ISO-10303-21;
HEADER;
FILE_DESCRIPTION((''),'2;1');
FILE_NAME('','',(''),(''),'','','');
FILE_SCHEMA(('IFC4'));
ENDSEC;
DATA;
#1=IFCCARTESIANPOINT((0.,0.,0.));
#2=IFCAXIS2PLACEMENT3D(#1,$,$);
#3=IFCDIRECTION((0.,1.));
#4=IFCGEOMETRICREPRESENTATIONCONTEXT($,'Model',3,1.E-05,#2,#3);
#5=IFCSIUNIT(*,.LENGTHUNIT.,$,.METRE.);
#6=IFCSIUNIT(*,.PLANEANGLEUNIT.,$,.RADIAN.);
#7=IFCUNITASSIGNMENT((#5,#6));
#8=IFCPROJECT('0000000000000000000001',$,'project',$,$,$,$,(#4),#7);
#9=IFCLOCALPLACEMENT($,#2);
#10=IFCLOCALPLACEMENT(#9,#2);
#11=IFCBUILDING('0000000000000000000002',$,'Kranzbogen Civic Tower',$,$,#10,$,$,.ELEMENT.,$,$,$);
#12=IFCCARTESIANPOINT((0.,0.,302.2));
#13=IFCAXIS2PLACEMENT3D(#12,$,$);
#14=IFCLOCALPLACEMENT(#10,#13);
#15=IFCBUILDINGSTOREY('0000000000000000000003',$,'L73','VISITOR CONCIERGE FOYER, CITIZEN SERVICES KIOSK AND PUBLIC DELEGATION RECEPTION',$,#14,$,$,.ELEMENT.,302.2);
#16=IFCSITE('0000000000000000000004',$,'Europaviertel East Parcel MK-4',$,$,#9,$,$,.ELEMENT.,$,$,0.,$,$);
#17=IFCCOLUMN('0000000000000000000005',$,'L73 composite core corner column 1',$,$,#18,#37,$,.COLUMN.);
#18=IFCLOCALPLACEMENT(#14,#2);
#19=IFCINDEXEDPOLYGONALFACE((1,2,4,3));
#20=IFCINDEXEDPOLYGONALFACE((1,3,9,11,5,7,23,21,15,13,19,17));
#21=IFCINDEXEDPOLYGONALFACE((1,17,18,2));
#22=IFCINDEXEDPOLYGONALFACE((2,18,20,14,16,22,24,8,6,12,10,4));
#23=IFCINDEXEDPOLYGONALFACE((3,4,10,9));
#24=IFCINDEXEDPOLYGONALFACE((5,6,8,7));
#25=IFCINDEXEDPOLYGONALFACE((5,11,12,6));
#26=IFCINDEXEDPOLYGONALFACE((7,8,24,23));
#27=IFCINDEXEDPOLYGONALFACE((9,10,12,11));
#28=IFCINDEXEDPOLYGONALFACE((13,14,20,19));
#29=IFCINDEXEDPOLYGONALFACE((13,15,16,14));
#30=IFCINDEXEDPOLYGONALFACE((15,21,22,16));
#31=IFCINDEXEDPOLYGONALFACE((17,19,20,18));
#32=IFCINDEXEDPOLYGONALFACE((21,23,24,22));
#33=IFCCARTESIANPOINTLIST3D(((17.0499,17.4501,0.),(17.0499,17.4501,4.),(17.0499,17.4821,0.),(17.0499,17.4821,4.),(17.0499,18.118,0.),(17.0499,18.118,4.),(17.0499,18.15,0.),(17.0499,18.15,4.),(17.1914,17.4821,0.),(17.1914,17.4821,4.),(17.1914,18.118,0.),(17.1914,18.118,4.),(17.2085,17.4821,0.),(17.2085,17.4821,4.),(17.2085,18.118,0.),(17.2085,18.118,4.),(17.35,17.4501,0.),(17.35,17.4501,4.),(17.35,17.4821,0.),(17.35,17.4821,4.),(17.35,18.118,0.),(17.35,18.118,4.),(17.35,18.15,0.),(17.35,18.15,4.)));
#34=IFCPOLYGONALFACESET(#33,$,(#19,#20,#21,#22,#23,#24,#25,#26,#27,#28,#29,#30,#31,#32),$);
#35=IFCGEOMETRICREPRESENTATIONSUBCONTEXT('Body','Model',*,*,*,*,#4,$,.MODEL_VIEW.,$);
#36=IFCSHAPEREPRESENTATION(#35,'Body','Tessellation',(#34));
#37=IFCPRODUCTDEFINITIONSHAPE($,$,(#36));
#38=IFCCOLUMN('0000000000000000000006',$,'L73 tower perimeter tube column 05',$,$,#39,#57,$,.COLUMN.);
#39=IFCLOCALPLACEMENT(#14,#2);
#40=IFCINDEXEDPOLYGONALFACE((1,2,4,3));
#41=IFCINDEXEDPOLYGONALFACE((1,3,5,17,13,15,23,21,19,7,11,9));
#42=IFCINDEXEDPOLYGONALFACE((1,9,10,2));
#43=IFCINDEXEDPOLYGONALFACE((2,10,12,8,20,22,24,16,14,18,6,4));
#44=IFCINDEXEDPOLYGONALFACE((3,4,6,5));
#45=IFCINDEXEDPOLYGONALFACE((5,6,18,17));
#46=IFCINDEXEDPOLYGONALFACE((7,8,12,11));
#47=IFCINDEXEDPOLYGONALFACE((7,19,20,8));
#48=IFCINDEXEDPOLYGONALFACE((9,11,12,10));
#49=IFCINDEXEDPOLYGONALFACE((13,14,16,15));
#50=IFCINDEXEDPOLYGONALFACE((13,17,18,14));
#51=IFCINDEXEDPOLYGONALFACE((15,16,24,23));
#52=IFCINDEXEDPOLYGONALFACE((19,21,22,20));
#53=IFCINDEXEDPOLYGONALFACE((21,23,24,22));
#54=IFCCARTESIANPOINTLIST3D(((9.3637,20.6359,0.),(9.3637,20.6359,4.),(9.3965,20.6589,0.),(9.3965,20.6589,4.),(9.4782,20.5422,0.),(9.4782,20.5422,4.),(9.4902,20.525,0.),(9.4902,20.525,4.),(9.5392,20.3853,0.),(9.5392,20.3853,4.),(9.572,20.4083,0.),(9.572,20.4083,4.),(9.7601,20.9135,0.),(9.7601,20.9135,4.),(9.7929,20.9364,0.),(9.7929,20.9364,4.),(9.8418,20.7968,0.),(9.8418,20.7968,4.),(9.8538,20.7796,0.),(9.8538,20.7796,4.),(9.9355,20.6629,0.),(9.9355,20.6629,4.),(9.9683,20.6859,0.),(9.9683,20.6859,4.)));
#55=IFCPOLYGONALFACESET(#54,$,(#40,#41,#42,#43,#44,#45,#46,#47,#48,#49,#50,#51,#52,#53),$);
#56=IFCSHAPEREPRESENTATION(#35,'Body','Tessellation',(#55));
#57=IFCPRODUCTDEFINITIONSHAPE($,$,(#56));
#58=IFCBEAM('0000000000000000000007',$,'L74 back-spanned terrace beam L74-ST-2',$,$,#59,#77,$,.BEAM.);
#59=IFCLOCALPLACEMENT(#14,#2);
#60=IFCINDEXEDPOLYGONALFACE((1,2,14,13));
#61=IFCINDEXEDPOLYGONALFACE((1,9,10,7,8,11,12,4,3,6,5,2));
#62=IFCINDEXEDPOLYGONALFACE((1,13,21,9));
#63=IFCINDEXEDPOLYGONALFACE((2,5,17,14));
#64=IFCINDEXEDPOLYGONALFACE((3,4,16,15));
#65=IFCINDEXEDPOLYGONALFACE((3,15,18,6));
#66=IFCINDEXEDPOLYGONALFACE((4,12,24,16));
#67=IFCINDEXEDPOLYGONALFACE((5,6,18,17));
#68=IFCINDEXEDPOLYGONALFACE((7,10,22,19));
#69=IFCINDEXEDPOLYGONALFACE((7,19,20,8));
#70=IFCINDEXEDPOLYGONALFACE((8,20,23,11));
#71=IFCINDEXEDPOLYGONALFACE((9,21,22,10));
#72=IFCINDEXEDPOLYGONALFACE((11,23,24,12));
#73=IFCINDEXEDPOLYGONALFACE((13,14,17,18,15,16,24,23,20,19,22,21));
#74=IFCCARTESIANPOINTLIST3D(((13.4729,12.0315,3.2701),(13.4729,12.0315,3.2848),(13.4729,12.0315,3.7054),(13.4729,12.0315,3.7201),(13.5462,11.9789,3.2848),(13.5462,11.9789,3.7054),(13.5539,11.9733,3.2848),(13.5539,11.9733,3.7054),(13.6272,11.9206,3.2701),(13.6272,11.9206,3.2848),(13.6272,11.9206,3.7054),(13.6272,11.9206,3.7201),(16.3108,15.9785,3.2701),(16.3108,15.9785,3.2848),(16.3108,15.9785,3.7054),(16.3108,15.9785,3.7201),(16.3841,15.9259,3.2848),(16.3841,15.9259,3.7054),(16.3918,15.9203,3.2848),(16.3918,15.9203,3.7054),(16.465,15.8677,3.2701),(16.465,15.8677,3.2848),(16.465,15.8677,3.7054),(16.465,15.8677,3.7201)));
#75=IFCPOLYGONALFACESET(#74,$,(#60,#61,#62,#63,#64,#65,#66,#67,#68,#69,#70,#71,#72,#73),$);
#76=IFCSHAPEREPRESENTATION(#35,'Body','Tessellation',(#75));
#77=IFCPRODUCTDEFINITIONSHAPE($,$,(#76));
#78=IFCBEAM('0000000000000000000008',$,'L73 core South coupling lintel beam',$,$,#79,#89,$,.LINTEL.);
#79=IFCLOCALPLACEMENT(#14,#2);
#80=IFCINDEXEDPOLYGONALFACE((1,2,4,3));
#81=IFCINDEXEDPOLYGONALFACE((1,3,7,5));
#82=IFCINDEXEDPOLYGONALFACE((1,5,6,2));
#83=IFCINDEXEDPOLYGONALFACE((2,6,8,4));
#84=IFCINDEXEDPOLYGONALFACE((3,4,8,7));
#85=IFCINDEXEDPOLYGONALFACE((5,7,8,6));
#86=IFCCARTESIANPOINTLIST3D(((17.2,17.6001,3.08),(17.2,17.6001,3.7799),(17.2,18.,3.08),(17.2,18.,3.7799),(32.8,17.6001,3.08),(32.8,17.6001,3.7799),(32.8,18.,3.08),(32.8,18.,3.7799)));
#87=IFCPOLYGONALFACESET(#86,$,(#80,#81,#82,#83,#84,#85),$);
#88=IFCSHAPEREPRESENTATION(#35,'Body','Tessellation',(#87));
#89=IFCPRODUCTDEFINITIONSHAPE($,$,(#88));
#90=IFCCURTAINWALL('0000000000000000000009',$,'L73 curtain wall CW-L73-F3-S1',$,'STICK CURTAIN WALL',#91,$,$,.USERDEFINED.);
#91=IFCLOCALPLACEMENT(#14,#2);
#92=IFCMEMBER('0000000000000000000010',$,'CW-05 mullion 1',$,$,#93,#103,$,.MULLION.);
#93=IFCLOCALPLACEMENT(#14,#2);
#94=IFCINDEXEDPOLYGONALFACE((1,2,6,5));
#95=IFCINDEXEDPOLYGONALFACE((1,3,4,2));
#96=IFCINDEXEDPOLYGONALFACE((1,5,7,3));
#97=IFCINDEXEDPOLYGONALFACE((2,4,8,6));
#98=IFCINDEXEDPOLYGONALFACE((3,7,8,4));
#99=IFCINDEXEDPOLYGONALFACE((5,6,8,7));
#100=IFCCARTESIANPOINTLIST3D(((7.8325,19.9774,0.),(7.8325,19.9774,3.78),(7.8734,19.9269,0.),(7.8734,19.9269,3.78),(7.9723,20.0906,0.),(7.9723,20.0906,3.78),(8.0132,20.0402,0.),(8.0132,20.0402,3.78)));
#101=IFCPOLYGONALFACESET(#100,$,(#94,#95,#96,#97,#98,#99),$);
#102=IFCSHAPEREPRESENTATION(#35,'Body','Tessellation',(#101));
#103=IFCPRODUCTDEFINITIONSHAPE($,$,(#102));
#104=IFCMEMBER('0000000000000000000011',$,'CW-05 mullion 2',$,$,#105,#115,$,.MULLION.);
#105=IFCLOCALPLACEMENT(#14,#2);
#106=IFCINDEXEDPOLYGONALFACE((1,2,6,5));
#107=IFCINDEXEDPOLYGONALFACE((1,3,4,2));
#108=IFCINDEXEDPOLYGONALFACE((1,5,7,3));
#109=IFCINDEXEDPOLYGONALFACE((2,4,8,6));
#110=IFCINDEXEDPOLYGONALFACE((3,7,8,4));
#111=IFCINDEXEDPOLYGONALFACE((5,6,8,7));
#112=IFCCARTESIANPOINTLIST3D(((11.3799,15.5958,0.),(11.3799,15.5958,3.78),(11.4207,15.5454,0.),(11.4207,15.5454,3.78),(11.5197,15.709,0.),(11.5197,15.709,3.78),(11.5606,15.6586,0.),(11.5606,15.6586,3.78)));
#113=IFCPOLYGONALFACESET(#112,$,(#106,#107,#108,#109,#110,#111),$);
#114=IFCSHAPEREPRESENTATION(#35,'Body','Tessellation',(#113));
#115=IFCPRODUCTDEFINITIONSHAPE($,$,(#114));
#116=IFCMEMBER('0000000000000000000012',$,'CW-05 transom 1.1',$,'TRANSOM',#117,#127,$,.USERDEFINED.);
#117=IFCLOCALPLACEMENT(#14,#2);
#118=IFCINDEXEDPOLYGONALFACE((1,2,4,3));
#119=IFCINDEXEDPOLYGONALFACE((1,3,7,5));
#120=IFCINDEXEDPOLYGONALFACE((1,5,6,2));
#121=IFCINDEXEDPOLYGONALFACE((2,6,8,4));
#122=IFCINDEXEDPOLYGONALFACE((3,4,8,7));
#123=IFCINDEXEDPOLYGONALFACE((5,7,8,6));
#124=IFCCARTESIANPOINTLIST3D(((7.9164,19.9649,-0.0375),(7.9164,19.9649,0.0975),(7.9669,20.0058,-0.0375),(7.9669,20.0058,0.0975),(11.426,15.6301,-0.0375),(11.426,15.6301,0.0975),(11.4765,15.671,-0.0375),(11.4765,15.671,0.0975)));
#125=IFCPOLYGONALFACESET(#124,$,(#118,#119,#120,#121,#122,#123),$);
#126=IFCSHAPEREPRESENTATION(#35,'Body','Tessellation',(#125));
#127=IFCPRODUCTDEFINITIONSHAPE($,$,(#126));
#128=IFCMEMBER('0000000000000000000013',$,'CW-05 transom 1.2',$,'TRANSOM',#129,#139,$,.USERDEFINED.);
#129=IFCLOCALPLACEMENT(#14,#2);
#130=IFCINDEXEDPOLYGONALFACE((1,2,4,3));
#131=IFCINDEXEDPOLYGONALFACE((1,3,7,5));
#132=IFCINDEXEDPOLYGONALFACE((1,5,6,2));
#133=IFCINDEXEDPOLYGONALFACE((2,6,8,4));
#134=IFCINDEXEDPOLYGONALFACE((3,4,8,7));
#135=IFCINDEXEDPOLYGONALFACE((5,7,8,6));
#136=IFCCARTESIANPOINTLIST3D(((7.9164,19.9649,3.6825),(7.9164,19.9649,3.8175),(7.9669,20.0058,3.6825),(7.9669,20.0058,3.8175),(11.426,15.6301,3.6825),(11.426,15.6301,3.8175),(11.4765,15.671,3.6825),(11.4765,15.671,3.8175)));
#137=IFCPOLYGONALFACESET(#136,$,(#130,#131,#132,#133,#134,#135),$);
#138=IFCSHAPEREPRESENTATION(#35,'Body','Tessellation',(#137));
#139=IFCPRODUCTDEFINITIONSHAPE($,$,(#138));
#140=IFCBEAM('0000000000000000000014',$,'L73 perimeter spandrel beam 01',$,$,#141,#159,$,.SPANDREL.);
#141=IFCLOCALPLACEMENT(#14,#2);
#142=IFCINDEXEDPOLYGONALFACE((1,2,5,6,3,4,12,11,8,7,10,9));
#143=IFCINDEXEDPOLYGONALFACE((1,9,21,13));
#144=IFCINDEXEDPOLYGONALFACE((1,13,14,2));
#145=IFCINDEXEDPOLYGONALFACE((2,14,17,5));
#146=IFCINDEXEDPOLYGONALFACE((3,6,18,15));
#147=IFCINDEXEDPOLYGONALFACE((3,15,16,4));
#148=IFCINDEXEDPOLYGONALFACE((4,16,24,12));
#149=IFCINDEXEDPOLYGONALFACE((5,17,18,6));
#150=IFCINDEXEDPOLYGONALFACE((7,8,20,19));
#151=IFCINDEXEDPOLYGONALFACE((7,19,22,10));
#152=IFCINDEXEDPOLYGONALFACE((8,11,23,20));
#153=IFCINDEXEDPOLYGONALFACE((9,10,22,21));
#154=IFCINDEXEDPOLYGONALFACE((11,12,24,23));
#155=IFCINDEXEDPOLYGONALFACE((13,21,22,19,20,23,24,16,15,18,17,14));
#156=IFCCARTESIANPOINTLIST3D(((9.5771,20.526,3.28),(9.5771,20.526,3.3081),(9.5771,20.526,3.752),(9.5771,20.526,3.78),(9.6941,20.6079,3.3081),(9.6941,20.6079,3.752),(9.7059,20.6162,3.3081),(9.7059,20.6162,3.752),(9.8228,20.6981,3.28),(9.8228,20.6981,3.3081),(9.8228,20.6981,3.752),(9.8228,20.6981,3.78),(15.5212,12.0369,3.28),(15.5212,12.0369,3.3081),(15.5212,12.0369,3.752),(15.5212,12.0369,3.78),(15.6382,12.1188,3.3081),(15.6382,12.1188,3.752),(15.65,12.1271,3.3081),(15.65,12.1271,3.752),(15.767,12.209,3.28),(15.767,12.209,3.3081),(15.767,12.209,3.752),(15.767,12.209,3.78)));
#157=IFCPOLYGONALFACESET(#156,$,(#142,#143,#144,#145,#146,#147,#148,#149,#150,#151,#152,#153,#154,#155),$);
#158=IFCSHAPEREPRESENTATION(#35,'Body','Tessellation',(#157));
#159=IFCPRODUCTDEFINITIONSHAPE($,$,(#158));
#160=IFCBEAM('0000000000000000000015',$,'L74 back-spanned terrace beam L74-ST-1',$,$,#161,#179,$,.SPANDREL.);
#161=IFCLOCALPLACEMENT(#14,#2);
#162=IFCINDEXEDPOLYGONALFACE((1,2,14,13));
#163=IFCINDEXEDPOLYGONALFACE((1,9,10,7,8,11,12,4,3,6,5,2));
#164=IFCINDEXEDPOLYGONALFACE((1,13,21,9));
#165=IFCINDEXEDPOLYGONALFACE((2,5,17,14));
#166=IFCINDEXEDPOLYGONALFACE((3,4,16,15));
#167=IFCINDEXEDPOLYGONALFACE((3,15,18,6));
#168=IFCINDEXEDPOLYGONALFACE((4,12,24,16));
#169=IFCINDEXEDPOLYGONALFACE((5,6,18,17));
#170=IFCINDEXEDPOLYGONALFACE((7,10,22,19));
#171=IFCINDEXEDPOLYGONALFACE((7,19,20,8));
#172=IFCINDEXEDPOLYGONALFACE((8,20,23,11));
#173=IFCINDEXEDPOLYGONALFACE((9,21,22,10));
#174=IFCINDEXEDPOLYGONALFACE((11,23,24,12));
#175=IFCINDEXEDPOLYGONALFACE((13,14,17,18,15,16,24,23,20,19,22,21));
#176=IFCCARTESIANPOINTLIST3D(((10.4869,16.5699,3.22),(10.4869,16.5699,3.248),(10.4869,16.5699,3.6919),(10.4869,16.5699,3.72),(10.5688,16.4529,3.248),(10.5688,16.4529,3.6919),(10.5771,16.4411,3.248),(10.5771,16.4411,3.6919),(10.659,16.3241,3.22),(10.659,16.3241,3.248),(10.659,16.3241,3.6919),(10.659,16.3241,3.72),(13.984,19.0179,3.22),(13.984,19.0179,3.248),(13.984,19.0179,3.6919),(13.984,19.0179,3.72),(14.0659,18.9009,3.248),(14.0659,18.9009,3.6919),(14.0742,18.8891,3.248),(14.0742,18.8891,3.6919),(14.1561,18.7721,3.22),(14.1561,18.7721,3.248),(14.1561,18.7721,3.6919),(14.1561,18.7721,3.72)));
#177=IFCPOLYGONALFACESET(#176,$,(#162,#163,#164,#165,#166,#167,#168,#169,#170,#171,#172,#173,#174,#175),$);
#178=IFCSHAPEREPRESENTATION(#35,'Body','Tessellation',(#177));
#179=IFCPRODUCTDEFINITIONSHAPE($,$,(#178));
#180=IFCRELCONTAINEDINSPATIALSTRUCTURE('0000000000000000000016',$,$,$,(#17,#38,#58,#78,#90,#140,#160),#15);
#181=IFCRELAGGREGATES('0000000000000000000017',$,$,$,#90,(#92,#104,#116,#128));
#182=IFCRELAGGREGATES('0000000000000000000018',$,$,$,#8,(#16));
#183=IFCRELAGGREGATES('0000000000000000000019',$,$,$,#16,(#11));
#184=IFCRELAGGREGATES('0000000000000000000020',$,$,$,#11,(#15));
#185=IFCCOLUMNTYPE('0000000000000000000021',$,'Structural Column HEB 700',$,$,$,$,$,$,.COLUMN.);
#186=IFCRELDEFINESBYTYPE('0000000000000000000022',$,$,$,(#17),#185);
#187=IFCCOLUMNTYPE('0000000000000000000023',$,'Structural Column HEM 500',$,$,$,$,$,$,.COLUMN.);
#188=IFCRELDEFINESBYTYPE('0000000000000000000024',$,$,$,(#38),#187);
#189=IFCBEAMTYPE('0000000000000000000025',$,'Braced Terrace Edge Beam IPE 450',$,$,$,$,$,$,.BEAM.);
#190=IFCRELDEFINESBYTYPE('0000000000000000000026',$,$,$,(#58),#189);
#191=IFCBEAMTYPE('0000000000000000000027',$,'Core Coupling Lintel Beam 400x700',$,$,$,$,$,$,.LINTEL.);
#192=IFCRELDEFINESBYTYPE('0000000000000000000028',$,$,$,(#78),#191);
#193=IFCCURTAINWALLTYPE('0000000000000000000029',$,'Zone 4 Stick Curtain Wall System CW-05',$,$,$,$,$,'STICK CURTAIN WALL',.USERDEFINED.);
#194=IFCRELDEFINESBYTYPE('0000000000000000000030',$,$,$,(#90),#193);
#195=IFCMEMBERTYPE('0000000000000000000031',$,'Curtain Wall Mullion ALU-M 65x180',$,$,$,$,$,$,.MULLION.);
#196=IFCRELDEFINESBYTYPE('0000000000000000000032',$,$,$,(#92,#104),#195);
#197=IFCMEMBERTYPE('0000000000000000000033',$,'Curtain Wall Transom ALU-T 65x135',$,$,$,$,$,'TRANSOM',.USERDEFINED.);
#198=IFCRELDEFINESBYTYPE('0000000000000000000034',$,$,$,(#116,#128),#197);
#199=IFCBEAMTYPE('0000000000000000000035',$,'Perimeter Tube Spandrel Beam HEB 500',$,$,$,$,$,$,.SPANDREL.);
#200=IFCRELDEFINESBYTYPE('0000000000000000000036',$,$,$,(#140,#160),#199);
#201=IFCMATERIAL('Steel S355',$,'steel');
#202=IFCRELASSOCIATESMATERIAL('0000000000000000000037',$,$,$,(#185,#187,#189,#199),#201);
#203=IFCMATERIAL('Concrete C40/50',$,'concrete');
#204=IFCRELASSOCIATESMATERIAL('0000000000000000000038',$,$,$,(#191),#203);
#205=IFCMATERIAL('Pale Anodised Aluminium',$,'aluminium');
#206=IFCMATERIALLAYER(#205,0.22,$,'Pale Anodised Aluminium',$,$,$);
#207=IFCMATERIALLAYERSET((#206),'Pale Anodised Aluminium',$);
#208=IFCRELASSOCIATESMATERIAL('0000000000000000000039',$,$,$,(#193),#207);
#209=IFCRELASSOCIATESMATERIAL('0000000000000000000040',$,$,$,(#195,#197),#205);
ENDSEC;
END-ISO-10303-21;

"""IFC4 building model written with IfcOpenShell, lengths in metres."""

from ifc_helpers import new_model, si_unit, direction, frame, origin, origin_2d, place, context, subcontext, project, spatial, rectangle, i_section, extrude, material, layer, layer_set, material_profile, profile_set, type_object, element, aggregate, save


model = new_model("IFC4")

# Units and contexts
model_context = context("Model", 3, precision=1e-05, world=origin(), true_north=direction((0.0, 1.0)))
body_context = subcontext(model_context, "Body", "Model", "MODEL_VIEW")
ifc_project = project(units=[si_unit("LENGTHUNIT", "METRE"), si_unit("PLANEANGLEUNIT", "RADIAN")], contexts=[model_context])

# Site, building, storey
site_placement = place(None, origin())
site = spatial("IfcSite", under=ifc_project, at=site_placement, Name="Europaviertel East Parcel MK-4", CompositionType="ELEMENT", RefElevation=0.0)
building_placement = place(site_placement, origin())
building = spatial("IfcBuilding", under=site, at=building_placement, Name="Kranzbogen Civic Tower", CompositionType="ELEMENT")
storey_placement = place(building_placement, frame((0.0, 0.0, 302.2)))
storey = spatial("IfcBuildingStorey", under=building, at=storey_placement, Name="L73", Description="VISITOR CONCIERGE FOYER, CITIZEN SERVICES KIOSK AND PUBLIC DELEGATION RECEPTION", CompositionType="ELEMENT", Elevation=302.2)

# Columns
ifc_material_1 = material(Name="Steel S355", Category="steel")
ifc_material_profile_1 = material_profile(ifc_material_1, i_section(OverallWidth=0.3, OverallDepth=0.7, WebThickness=0.0171, FlangeThickness=0.032, at=origin_2d()), Name="HEB 700")
ifc_profile_set_1 = profile_set([ifc_material_profile_1], Name="Steel S355")
column_type_1 = type_object("IfcColumnType", Name="Structural Column HEB 700", PredefinedType="COLUMN", material=ifc_profile_set_1)
column_1_placement = place(storey_placement, frame((17.2, 17.8, 0.0), z_axis=(0.0, 0.0, 1.0), x_axis=(1.0, 0.0, 0.0)))
element("IfcColumn", 1, at=column_1_placement, inside=storey, type_object=column_type_1, Name="L73 composite core corner column 1", PredefinedType="COLUMN", context=body_context, shape_type="SweptSolid", body=[
    extrude(i_section(OverallWidth=0.3, OverallDepth=0.7, WebThickness=0.0171, FlangeThickness=0.032, at=origin_2d()), origin(), (0.0, 0.0, 1.0), 4.0),
])
ifc_material_profile_2 = material_profile(ifc_material_1, i_section(OverallWidth=0.3059, OverallDepth=0.5239, WebThickness=0.021, FlangeThickness=0.04, at=origin_2d()), Name="HEM 500")
ifc_profile_set_2 = profile_set([ifc_material_profile_2], Name="Steel S355")
column_type_2 = type_object("IfcColumnType", Name="Structural Column HEM 500", PredefinedType="COLUMN", material=ifc_profile_set_2)
column_2_placement = place(storey_placement, frame((9.666, 20.6609, 0.0), z_axis=(0.0, 0.0, 1.0), x_axis=(-0.573576, 0.819152, 0.0)))
element("IfcColumn", 2, at=column_2_placement, inside=storey, type_object=column_type_2, Name="L73 tower perimeter tube column 05", PredefinedType="COLUMN", context=body_context, shape_type="SweptSolid", body=[
    extrude(i_section(OverallWidth=0.3059, OverallDepth=0.5239, WebThickness=0.021, FlangeThickness=0.04, at=origin_2d()), origin(), (0.0, 0.0, 1.0), 4.0),
])

# Beams
ifc_material_profile_3 = material_profile(ifc_material_1, i_section(OverallWidth=0.1899, OverallDepth=0.45, WebThickness=0.0095, FlangeThickness=0.0146, at=origin_2d()), Name="IPE 450")
ifc_profile_set_3 = profile_set([ifc_material_profile_3], Name="Steel S355")
beam_type_1 = type_object("IfcBeamType", Name="Braced Terrace Edge Beam IPE 450", PredefinedType="BEAM", material=ifc_profile_set_3)
beam_1_placement = place(storey_placement, frame((16.3879, 15.9231, 3.4951), z_axis=(-0.583767, -0.811921, 0.0), x_axis=(0.811921, -0.583767, 0.0)))
element("IfcBeam", 3, at=beam_1_placement, inside=storey, type_object=beam_type_1, Name="L74 back-spanned terrace beam L74-ST-2", PredefinedType="BEAM", context=body_context, shape_type="SweptSolid", body=[
    extrude(i_section(OverallWidth=0.1899, OverallDepth=0.45, WebThickness=0.0095, FlangeThickness=0.0146, at=origin_2d()), origin(), (0.0, 0.0, 1.0), 4.8613),
])
ifc_material_2 = material(Name="Concrete C40/50", Category="concrete")
ifc_material_profile_4 = material_profile(ifc_material_2, rectangle(XDim=0.3999, YDim=0.7, at=origin_2d()), Name="RC-BM 400x700")
ifc_profile_set_4 = profile_set([ifc_material_profile_4], Name="Concrete C40/50")
beam_type_2 = type_object("IfcBeamType", Name="Core Coupling Lintel Beam 400x700", PredefinedType="LINTEL", material=ifc_profile_set_4)
beam_2_placement = place(storey_placement, frame((17.2, 17.8, 3.4299), z_axis=(1.0, 0.0, 0.0), x_axis=(0.0, 1.0, 0.0)))
element("IfcBeam", 4, at=beam_2_placement, inside=storey, type_object=beam_type_2, Name="L73 core South coupling lintel beam", PredefinedType="LINTEL", context=body_context, shape_type="SweptSolid", body=[
    extrude(rectangle(XDim=0.3999, YDim=0.7, at=origin_2d()), origin(), (0.0, 0.0, 1.0), 15.6001),
])

# Curtain wall, members
ifc_material_3 = material(Name="Pale Anodised Aluminium", Category="aluminium")
ifc_layer_1 = layer(ifc_material_3, 0.22, Name="Pale Anodised Aluminium")
ifc_layer_set_1 = layer_set([ifc_layer_1], Name="Pale Anodised Aluminium")
curtain_wall_type = type_object("IfcCurtainWallType", Name="Zone 4 Stick Curtain Wall System CW-05", ElementType="STICK CURTAIN WALL", PredefinedType="USERDEFINED", material=ifc_layer_set_1)
curtain_wall_placement = place(storey_placement, origin())
curtain_wall = element("IfcCurtainWall", 5, at=curtain_wall_placement, inside=storey, type_object=curtain_wall_type, Name="L73 curtain wall CW-L73-F3-S1", ObjectType="STICK CURTAIN WALL", PredefinedType="USERDEFINED")
ifc_material_profile_5 = material_profile(ifc_material_3, rectangle(XDim=0.0649, YDim=0.1799, at=origin_2d()), Name="ALU-M 65x180")
ifc_profile_set_5 = profile_set([ifc_material_profile_5], Name="Pale Anodised Aluminium")
member_type_1 = type_object("IfcMemberType", Name="Curtain Wall Mullion ALU-M 65x180", PredefinedType="MULLION", material=ifc_profile_set_5)
member_1_placement = place(storey_placement, frame((7.9229, 20.0088, 0.0), z_axis=(0.0, 0.0, 1.0), x_axis=(0.629244, -0.777208, 0.0)))
member_1 = element("IfcMember", 6, at=member_1_placement, type_object=member_type_1, Name="CW-05 mullion 1", PredefinedType="MULLION", context=body_context, shape_type="SweptSolid", body=[
    extrude(rectangle(XDim=0.0649, YDim=0.1799, at=origin_2d()), origin(), (0.0, 0.0, 1.0), 3.78),
])
member_2_placement = place(storey_placement, frame((11.4702, 15.6272, 0.0), z_axis=(0.0, 0.0, 1.0), x_axis=(0.629244, -0.777208, 0.0)))
member_2 = element("IfcMember", 7, at=member_2_placement, type_object=member_type_1, Name="CW-05 mullion 2", PredefinedType="MULLION", context=body_context, shape_type="SweptSolid", body=[
    extrude(rectangle(XDim=0.0649, YDim=0.1799, at=origin_2d()), origin(), (0.0, 0.0, 1.0), 3.78),
])
ifc_material_profile_6 = material_profile(ifc_material_3, rectangle(XDim=0.0649, YDim=0.135, at=origin_2d()), Name="ALU-T 65x135")
ifc_profile_set_6 = profile_set([ifc_material_profile_6], Name="Pale Anodised Aluminium")
member_type_2 = type_object("IfcMemberType", Name="Curtain Wall Transom ALU-T 65x135", ElementType="TRANSOM", PredefinedType="USERDEFINED", material=ifc_profile_set_6)
member_3_placement = place(storey_placement, frame((7.9417, 19.9854, 0.03), z_axis=(0.629249, -0.777204, 0.0), x_axis=(0.777204, 0.629249, 0.0)))
member_3 = element("IfcMember", 8, at=member_3_placement, type_object=member_type_2, Name="CW-05 transom 1.1", ObjectType="TRANSOM", PredefinedType="USERDEFINED", context=body_context, shape_type="SweptSolid", body=[
    extrude(rectangle(XDim=0.0649, YDim=0.135, at=origin_2d()), origin(), (0.0, 0.0, 1.0), 5.5774),
])
member_4_placement = place(storey_placement, frame((7.9417, 19.9854, 3.75), z_axis=(0.629249, -0.777204, 0.0), x_axis=(0.777204, 0.629249, 0.0)))
member_4 = element("IfcMember", 9, at=member_4_placement, type_object=member_type_2, Name="CW-05 transom 1.2", ObjectType="TRANSOM", PredefinedType="USERDEFINED", context=body_context, shape_type="SweptSolid", body=[
    extrude(rectangle(XDim=0.0649, YDim=0.135, at=origin_2d()), origin(), (0.0, 0.0, 1.0), 5.5774),
])

# Beams
ifc_material_profile_7 = material_profile(ifc_material_1, i_section(OverallWidth=0.3, OverallDepth=0.5, WebThickness=0.0144, FlangeThickness=0.0281, at=origin_2d()), Name="HEB 500")
ifc_profile_set_7 = profile_set([ifc_material_profile_7], Name="Steel S355")
beam_type_3 = type_object("IfcBeamType", Name="Perimeter Tube Spandrel Beam HEB 500", PredefinedType="SPANDREL", material=ifc_profile_set_7)
beam_3_placement = place(storey_placement, frame((9.7, 20.6121, 3.53), z_axis=(0.573578, -0.819151, 0.0), x_axis=(0.819151, 0.573578, 0.0)))
element("IfcBeam", 10, at=beam_3_placement, inside=storey, type_object=beam_type_3, Name="L73 perimeter spandrel beam 01", PredefinedType="SPANDREL", context=body_context, shape_type="SweptSolid", body=[
    extrude(i_section(OverallWidth=0.3, OverallDepth=0.5, WebThickness=0.0144, FlangeThickness=0.0281, at=origin_2d()), origin(), (0.0, 0.0, 1.0), 10.3633),
])
beam_4_placement = place(storey_placement, frame((14.0701, 18.895, 3.47), z_axis=(-0.819227, -0.57347, 0.0), x_axis=(0.57347, -0.819227, 0.0)))
element("IfcBeam", 11, at=beam_4_placement, inside=storey, type_object=beam_type_3, Name="L74 back-spanned terrace beam L74-ST-1", PredefinedType="SPANDREL", context=body_context, shape_type="SweptSolid", body=[
    extrude(i_section(OverallWidth=0.3, OverallDepth=0.5, WebThickness=0.0144, FlangeThickness=0.0281, at=origin_2d()), origin(), (0.0, 0.0, 1.0), 4.2688),
])

aggregate(curtain_wall, [member_1, member_2, member_3, member_4])

save(model, "model.ifc")
